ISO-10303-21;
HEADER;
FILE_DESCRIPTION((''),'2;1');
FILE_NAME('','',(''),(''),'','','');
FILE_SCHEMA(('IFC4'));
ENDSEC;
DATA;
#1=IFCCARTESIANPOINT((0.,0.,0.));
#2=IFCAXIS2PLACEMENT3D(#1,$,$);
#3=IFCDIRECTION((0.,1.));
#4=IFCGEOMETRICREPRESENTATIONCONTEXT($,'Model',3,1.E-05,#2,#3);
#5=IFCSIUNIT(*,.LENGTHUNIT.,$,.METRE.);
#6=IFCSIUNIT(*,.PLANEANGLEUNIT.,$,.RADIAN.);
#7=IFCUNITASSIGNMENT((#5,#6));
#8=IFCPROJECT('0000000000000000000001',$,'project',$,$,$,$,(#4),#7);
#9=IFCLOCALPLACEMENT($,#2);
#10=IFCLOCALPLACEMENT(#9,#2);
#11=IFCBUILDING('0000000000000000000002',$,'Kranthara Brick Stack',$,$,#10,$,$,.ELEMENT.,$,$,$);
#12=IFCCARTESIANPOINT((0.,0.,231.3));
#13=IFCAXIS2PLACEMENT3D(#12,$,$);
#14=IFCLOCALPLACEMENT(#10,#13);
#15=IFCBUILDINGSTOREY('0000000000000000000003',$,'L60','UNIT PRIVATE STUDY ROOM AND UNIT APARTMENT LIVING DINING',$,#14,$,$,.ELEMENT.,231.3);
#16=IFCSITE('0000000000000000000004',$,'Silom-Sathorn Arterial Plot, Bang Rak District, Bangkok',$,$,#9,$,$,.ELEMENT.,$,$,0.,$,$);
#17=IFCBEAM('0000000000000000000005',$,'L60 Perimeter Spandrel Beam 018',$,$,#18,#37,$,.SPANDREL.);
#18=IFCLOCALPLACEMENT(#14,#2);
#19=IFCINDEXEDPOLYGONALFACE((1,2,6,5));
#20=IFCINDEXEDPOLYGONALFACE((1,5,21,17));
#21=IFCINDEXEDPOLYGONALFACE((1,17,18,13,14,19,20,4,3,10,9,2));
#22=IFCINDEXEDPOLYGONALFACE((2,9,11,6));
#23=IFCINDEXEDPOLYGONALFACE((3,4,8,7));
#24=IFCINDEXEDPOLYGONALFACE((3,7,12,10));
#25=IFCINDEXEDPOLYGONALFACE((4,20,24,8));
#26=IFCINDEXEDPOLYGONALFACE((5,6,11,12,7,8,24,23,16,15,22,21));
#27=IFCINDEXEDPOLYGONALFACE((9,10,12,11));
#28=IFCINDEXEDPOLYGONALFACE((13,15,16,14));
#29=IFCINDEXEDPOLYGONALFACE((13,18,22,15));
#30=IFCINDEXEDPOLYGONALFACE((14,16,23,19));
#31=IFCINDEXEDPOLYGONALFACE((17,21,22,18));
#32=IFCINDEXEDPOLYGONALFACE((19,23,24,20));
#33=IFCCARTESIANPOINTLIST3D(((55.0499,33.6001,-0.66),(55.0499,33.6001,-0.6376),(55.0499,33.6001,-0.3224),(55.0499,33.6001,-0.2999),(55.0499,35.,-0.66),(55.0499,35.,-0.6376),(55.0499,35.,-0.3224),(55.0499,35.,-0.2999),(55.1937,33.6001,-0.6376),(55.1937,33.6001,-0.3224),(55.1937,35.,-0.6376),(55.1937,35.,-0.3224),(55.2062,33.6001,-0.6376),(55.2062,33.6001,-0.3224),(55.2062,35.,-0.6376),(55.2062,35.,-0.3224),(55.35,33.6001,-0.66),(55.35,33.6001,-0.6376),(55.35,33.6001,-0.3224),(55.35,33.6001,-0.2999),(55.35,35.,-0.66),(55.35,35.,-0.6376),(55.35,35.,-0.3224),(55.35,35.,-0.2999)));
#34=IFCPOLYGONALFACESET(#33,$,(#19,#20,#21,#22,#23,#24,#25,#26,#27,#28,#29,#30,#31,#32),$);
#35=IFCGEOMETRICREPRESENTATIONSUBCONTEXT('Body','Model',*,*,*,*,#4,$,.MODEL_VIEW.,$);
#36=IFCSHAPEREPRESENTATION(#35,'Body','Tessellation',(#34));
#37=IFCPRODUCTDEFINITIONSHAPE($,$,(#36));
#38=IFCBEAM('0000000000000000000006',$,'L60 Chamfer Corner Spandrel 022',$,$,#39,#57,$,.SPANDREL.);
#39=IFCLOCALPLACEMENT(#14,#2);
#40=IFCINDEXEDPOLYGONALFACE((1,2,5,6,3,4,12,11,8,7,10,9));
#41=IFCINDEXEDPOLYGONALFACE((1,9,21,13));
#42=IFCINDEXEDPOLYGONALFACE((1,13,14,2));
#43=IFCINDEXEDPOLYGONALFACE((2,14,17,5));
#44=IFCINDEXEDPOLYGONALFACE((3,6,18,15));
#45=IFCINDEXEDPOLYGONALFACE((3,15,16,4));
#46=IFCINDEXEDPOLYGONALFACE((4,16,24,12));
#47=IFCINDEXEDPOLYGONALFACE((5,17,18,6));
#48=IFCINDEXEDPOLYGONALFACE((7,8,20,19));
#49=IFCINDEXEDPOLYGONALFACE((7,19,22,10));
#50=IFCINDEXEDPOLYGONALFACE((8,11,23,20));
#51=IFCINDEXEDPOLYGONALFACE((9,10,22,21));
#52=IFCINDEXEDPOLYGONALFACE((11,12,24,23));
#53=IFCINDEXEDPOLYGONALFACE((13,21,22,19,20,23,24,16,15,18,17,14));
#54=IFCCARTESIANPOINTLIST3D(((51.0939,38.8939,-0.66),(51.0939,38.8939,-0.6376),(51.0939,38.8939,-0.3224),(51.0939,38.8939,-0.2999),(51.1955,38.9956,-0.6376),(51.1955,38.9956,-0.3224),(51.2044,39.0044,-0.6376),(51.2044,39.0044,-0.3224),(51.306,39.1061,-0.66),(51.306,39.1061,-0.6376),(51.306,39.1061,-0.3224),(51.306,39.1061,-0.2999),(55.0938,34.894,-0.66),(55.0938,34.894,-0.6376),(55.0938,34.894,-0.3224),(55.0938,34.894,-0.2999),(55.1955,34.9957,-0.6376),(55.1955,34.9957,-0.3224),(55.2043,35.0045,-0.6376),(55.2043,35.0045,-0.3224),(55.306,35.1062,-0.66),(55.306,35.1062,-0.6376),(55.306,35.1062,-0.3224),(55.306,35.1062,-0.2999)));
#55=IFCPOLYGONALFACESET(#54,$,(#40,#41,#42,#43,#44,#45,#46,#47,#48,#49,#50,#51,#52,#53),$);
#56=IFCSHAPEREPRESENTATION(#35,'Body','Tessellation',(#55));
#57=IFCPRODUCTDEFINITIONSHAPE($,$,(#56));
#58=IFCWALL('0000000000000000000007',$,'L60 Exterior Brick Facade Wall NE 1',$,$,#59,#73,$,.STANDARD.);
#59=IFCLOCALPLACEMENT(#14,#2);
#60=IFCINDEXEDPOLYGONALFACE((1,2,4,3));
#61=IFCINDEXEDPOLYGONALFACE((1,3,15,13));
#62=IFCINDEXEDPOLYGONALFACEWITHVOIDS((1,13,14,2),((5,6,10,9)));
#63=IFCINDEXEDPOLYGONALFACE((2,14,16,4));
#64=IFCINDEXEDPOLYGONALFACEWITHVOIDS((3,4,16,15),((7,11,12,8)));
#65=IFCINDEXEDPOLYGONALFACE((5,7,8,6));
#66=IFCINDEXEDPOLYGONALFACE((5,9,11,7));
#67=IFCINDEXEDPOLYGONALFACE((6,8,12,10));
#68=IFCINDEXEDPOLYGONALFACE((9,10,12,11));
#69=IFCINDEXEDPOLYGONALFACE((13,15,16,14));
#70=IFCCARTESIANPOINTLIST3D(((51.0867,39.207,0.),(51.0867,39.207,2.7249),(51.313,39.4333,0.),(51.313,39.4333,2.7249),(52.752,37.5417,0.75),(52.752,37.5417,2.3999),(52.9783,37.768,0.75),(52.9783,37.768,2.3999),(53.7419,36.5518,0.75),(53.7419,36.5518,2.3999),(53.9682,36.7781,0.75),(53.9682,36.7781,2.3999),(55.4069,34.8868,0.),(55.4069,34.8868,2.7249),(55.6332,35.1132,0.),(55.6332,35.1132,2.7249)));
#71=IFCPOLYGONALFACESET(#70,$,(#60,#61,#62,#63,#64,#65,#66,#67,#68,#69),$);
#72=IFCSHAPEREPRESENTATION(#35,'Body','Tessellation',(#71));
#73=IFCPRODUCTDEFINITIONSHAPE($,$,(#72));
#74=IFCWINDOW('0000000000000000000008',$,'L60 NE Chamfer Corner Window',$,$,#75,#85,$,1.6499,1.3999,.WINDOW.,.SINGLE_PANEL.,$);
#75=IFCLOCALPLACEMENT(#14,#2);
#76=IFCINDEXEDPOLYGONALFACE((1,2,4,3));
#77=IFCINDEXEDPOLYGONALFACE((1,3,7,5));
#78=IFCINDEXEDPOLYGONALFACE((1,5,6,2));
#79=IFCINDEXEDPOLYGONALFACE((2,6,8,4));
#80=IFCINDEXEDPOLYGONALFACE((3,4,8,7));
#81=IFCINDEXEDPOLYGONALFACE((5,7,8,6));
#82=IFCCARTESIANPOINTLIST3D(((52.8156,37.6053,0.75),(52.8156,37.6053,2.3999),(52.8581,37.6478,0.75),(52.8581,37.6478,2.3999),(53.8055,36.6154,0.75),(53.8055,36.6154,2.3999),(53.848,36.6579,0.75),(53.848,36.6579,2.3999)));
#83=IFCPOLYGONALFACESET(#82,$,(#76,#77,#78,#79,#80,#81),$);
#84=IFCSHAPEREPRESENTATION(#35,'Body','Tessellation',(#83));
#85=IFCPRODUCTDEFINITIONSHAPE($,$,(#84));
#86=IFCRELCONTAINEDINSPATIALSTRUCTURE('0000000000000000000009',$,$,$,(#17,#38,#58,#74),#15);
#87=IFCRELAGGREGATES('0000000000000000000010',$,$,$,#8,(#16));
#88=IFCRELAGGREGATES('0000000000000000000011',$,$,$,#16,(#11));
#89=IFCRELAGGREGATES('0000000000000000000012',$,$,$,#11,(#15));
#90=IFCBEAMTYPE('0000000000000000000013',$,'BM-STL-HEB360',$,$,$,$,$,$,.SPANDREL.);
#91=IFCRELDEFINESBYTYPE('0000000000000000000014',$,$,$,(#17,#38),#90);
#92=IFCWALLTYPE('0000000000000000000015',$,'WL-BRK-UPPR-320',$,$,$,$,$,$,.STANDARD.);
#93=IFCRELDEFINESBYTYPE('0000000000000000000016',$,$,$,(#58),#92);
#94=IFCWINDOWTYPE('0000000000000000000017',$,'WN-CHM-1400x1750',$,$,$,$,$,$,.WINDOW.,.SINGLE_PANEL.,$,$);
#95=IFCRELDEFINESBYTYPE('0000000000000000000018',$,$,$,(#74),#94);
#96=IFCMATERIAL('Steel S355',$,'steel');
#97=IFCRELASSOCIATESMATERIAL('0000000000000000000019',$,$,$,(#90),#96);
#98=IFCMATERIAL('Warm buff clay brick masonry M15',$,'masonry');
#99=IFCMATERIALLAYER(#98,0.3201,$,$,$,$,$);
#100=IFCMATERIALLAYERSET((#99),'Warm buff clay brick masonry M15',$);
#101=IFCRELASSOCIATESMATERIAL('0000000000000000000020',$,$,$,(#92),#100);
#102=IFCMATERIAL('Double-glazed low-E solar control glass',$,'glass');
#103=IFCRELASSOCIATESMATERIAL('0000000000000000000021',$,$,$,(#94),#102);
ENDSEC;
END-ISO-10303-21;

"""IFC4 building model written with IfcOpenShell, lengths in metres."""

from ifc_helpers import new_model, si_unit, direction, frame, frame_2d, origin, origin_2d, place, context, subcontext, project, spatial, rectangle, i_section, extrude, material, layer, layer_set, material_profile, profile_set, type_object, element, fill, save


model = new_model("IFC4")

# Units and contexts
model_context = context("Model", 3, precision=1e-05, world=origin(), true_north=direction((0.0, 1.0)))
body_context = subcontext(model_context, "Body", "Model", "MODEL_VIEW")
ifc_project = project(units=[si_unit("LENGTHUNIT", "METRE"), si_unit("PLANEANGLEUNIT", "RADIAN")], contexts=[model_context])

# Site, building, storey
site_placement = place(None, origin())
site = spatial("IfcSite", under=ifc_project, at=site_placement, Name="Silom-Sathorn Arterial Plot, Bang Rak District, Bangkok", CompositionType="ELEMENT", RefElevation=0.0)
building_placement = place(site_placement, origin())
building = spatial("IfcBuilding", under=site, at=building_placement, Name="Kranthara Brick Stack", CompositionType="ELEMENT")
storey_placement = place(building_placement, frame((0.0, 0.0, 231.3)))
storey = spatial("IfcBuildingStorey", under=building, at=storey_placement, Name="L60", Description="UNIT PRIVATE STUDY ROOM AND UNIT APARTMENT LIVING DINING", CompositionType="ELEMENT", Elevation=231.3)

# Beams
ifc_material_1 = material(Name="Steel S355", Category="steel")
ifc_material_profile_1 = material_profile(ifc_material_1, i_section(OverallWidth=0.3, OverallDepth=0.3601, WebThickness=0.0125, FlangeThickness=0.0225, at=origin_2d()), Name="HEB 360")
ifc_profile_set_1 = profile_set([ifc_material_profile_1], Name="Steel S355")
beam_type_1 = type_object("IfcBeamType", Name="BM-STL-HEB360", PredefinedType="SPANDREL", material=ifc_profile_set_1)
beam_1_placement = place(storey_placement, frame((55.2, 33.6001, -0.48), z_axis=(0.0, 1.0, 0.0), x_axis=(-1.0, 0.0, 0.0)))
element("IfcBeam", 1, at=beam_1_placement, inside=storey, type_object=beam_type_1, Name="L60 Perimeter Spandrel Beam 018", PredefinedType="SPANDREL", context=body_context, shape_type="SweptSolid", body=[
    extrude(i_section(OverallWidth=0.3, OverallDepth=0.3601, WebThickness=0.0125, FlangeThickness=0.0225, at=origin_2d()), origin(), (0.0, 0.0, 1.0), 1.3999),
])
beam_2_placement = place(storey_placement, frame((51.2, 39.0, -0.48), z_axis=(0.707107, -0.707107, 0.0), x_axis=(0.707107, 0.707107, 0.0)))
element("IfcBeam", 2, at=beam_2_placement, inside=storey, type_object=beam_type_1, Name="L60 Chamfer Corner Spandrel 022", PredefinedType="SPANDREL", context=body_context, shape_type="SweptSolid", body=[
    extrude(i_section(OverallWidth=0.3, OverallDepth=0.3601, WebThickness=0.0125, FlangeThickness=0.0225, at=origin_2d()), origin(), (0.0, 0.0, 1.0), 5.6567),
])

# Wall, opening, window
ifc_material_2 = material(Name="Warm buff clay brick masonry M15", Category="masonry")
ifc_layer_1 = layer(ifc_material_2, 0.3201)
ifc_layer_set_1 = layer_set([ifc_layer_1], Name="Warm buff clay brick masonry M15")
wall_type_1 = type_object("IfcWallType", Name="WL-BRK-UPPR-320", PredefinedType="STANDARD", material=ifc_layer_set_1)
wall_1_placement = place(storey_placement, frame((51.2, 39.3201, 0.0), z_axis=(0.0, 0.0, 1.0), x_axis=(0.707107, -0.707107, 0.0)))
wall_1 = element("IfcWall", 3, at=wall_1_placement, inside=storey, type_object=wall_type_1, Name="L60 Exterior Brick Facade Wall NE 1", PredefinedType="STANDARD", context=body_context, shape_type="SweptSolid", body=[
    extrude(rectangle(XDim=6.1096, YDim=0.3201, at=frame_2d((3.0547, 0.0))), origin(), (0.0, 0.0, 1.0), 2.7249),
])
opening_1_placement = place(wall_1_placement, frame((2.355, 0.0, 0.75)))
opening_1 = element("IfcOpeningElement", 4, at=opening_1_placement, cuts=wall_1, PredefinedType="OPENING", context=body_context, shape_type="SweptSolid", body=[
    extrude(rectangle(XDim=1.3999, YDim=1.6499, at=frame_2d((0.7, 0.825))), frame((0.0, 0.1699, 0.0), z_axis=(0.0, -1.0, 0.0), x_axis=(1.0, 0.0, 0.0)), (0.0, 0.0, 1.0), 0.3401),
])
ifc_material_3 = material(Name="Double-glazed low-E solar control glass", Category="glass")
window_type_1 = type_object("IfcWindowType", Name="WN-CHM-1400x1750", PartitioningType="SINGLE_PANEL", PredefinedType="WINDOW", material=ifc_material_3)
window_1_placement = place(opening_1_placement, origin())
window_1 = element("IfcWindow", 5, at=window_1_placement, inside=storey, type_object=window_type_1, Name="L60 NE Chamfer Corner Window", OverallHeight=1.6499, OverallWidth=1.3999, PartitioningType="SINGLE_PANEL", PredefinedType="WINDOW", context=body_context, shape_type="SweptSolid", body=[
    extrude(rectangle(XDim=1.3999, YDim=1.6499, at=frame_2d((0.7, 0.825))), frame((0.0, -0.01, 0.0), z_axis=(0.0, -1.0, 0.0), x_axis=(1.0, 0.0, 0.0)), (0.0, 0.0, 1.0), 0.0601),
])
fill(opening_1, window_1)

save(model, "model.ifc")
